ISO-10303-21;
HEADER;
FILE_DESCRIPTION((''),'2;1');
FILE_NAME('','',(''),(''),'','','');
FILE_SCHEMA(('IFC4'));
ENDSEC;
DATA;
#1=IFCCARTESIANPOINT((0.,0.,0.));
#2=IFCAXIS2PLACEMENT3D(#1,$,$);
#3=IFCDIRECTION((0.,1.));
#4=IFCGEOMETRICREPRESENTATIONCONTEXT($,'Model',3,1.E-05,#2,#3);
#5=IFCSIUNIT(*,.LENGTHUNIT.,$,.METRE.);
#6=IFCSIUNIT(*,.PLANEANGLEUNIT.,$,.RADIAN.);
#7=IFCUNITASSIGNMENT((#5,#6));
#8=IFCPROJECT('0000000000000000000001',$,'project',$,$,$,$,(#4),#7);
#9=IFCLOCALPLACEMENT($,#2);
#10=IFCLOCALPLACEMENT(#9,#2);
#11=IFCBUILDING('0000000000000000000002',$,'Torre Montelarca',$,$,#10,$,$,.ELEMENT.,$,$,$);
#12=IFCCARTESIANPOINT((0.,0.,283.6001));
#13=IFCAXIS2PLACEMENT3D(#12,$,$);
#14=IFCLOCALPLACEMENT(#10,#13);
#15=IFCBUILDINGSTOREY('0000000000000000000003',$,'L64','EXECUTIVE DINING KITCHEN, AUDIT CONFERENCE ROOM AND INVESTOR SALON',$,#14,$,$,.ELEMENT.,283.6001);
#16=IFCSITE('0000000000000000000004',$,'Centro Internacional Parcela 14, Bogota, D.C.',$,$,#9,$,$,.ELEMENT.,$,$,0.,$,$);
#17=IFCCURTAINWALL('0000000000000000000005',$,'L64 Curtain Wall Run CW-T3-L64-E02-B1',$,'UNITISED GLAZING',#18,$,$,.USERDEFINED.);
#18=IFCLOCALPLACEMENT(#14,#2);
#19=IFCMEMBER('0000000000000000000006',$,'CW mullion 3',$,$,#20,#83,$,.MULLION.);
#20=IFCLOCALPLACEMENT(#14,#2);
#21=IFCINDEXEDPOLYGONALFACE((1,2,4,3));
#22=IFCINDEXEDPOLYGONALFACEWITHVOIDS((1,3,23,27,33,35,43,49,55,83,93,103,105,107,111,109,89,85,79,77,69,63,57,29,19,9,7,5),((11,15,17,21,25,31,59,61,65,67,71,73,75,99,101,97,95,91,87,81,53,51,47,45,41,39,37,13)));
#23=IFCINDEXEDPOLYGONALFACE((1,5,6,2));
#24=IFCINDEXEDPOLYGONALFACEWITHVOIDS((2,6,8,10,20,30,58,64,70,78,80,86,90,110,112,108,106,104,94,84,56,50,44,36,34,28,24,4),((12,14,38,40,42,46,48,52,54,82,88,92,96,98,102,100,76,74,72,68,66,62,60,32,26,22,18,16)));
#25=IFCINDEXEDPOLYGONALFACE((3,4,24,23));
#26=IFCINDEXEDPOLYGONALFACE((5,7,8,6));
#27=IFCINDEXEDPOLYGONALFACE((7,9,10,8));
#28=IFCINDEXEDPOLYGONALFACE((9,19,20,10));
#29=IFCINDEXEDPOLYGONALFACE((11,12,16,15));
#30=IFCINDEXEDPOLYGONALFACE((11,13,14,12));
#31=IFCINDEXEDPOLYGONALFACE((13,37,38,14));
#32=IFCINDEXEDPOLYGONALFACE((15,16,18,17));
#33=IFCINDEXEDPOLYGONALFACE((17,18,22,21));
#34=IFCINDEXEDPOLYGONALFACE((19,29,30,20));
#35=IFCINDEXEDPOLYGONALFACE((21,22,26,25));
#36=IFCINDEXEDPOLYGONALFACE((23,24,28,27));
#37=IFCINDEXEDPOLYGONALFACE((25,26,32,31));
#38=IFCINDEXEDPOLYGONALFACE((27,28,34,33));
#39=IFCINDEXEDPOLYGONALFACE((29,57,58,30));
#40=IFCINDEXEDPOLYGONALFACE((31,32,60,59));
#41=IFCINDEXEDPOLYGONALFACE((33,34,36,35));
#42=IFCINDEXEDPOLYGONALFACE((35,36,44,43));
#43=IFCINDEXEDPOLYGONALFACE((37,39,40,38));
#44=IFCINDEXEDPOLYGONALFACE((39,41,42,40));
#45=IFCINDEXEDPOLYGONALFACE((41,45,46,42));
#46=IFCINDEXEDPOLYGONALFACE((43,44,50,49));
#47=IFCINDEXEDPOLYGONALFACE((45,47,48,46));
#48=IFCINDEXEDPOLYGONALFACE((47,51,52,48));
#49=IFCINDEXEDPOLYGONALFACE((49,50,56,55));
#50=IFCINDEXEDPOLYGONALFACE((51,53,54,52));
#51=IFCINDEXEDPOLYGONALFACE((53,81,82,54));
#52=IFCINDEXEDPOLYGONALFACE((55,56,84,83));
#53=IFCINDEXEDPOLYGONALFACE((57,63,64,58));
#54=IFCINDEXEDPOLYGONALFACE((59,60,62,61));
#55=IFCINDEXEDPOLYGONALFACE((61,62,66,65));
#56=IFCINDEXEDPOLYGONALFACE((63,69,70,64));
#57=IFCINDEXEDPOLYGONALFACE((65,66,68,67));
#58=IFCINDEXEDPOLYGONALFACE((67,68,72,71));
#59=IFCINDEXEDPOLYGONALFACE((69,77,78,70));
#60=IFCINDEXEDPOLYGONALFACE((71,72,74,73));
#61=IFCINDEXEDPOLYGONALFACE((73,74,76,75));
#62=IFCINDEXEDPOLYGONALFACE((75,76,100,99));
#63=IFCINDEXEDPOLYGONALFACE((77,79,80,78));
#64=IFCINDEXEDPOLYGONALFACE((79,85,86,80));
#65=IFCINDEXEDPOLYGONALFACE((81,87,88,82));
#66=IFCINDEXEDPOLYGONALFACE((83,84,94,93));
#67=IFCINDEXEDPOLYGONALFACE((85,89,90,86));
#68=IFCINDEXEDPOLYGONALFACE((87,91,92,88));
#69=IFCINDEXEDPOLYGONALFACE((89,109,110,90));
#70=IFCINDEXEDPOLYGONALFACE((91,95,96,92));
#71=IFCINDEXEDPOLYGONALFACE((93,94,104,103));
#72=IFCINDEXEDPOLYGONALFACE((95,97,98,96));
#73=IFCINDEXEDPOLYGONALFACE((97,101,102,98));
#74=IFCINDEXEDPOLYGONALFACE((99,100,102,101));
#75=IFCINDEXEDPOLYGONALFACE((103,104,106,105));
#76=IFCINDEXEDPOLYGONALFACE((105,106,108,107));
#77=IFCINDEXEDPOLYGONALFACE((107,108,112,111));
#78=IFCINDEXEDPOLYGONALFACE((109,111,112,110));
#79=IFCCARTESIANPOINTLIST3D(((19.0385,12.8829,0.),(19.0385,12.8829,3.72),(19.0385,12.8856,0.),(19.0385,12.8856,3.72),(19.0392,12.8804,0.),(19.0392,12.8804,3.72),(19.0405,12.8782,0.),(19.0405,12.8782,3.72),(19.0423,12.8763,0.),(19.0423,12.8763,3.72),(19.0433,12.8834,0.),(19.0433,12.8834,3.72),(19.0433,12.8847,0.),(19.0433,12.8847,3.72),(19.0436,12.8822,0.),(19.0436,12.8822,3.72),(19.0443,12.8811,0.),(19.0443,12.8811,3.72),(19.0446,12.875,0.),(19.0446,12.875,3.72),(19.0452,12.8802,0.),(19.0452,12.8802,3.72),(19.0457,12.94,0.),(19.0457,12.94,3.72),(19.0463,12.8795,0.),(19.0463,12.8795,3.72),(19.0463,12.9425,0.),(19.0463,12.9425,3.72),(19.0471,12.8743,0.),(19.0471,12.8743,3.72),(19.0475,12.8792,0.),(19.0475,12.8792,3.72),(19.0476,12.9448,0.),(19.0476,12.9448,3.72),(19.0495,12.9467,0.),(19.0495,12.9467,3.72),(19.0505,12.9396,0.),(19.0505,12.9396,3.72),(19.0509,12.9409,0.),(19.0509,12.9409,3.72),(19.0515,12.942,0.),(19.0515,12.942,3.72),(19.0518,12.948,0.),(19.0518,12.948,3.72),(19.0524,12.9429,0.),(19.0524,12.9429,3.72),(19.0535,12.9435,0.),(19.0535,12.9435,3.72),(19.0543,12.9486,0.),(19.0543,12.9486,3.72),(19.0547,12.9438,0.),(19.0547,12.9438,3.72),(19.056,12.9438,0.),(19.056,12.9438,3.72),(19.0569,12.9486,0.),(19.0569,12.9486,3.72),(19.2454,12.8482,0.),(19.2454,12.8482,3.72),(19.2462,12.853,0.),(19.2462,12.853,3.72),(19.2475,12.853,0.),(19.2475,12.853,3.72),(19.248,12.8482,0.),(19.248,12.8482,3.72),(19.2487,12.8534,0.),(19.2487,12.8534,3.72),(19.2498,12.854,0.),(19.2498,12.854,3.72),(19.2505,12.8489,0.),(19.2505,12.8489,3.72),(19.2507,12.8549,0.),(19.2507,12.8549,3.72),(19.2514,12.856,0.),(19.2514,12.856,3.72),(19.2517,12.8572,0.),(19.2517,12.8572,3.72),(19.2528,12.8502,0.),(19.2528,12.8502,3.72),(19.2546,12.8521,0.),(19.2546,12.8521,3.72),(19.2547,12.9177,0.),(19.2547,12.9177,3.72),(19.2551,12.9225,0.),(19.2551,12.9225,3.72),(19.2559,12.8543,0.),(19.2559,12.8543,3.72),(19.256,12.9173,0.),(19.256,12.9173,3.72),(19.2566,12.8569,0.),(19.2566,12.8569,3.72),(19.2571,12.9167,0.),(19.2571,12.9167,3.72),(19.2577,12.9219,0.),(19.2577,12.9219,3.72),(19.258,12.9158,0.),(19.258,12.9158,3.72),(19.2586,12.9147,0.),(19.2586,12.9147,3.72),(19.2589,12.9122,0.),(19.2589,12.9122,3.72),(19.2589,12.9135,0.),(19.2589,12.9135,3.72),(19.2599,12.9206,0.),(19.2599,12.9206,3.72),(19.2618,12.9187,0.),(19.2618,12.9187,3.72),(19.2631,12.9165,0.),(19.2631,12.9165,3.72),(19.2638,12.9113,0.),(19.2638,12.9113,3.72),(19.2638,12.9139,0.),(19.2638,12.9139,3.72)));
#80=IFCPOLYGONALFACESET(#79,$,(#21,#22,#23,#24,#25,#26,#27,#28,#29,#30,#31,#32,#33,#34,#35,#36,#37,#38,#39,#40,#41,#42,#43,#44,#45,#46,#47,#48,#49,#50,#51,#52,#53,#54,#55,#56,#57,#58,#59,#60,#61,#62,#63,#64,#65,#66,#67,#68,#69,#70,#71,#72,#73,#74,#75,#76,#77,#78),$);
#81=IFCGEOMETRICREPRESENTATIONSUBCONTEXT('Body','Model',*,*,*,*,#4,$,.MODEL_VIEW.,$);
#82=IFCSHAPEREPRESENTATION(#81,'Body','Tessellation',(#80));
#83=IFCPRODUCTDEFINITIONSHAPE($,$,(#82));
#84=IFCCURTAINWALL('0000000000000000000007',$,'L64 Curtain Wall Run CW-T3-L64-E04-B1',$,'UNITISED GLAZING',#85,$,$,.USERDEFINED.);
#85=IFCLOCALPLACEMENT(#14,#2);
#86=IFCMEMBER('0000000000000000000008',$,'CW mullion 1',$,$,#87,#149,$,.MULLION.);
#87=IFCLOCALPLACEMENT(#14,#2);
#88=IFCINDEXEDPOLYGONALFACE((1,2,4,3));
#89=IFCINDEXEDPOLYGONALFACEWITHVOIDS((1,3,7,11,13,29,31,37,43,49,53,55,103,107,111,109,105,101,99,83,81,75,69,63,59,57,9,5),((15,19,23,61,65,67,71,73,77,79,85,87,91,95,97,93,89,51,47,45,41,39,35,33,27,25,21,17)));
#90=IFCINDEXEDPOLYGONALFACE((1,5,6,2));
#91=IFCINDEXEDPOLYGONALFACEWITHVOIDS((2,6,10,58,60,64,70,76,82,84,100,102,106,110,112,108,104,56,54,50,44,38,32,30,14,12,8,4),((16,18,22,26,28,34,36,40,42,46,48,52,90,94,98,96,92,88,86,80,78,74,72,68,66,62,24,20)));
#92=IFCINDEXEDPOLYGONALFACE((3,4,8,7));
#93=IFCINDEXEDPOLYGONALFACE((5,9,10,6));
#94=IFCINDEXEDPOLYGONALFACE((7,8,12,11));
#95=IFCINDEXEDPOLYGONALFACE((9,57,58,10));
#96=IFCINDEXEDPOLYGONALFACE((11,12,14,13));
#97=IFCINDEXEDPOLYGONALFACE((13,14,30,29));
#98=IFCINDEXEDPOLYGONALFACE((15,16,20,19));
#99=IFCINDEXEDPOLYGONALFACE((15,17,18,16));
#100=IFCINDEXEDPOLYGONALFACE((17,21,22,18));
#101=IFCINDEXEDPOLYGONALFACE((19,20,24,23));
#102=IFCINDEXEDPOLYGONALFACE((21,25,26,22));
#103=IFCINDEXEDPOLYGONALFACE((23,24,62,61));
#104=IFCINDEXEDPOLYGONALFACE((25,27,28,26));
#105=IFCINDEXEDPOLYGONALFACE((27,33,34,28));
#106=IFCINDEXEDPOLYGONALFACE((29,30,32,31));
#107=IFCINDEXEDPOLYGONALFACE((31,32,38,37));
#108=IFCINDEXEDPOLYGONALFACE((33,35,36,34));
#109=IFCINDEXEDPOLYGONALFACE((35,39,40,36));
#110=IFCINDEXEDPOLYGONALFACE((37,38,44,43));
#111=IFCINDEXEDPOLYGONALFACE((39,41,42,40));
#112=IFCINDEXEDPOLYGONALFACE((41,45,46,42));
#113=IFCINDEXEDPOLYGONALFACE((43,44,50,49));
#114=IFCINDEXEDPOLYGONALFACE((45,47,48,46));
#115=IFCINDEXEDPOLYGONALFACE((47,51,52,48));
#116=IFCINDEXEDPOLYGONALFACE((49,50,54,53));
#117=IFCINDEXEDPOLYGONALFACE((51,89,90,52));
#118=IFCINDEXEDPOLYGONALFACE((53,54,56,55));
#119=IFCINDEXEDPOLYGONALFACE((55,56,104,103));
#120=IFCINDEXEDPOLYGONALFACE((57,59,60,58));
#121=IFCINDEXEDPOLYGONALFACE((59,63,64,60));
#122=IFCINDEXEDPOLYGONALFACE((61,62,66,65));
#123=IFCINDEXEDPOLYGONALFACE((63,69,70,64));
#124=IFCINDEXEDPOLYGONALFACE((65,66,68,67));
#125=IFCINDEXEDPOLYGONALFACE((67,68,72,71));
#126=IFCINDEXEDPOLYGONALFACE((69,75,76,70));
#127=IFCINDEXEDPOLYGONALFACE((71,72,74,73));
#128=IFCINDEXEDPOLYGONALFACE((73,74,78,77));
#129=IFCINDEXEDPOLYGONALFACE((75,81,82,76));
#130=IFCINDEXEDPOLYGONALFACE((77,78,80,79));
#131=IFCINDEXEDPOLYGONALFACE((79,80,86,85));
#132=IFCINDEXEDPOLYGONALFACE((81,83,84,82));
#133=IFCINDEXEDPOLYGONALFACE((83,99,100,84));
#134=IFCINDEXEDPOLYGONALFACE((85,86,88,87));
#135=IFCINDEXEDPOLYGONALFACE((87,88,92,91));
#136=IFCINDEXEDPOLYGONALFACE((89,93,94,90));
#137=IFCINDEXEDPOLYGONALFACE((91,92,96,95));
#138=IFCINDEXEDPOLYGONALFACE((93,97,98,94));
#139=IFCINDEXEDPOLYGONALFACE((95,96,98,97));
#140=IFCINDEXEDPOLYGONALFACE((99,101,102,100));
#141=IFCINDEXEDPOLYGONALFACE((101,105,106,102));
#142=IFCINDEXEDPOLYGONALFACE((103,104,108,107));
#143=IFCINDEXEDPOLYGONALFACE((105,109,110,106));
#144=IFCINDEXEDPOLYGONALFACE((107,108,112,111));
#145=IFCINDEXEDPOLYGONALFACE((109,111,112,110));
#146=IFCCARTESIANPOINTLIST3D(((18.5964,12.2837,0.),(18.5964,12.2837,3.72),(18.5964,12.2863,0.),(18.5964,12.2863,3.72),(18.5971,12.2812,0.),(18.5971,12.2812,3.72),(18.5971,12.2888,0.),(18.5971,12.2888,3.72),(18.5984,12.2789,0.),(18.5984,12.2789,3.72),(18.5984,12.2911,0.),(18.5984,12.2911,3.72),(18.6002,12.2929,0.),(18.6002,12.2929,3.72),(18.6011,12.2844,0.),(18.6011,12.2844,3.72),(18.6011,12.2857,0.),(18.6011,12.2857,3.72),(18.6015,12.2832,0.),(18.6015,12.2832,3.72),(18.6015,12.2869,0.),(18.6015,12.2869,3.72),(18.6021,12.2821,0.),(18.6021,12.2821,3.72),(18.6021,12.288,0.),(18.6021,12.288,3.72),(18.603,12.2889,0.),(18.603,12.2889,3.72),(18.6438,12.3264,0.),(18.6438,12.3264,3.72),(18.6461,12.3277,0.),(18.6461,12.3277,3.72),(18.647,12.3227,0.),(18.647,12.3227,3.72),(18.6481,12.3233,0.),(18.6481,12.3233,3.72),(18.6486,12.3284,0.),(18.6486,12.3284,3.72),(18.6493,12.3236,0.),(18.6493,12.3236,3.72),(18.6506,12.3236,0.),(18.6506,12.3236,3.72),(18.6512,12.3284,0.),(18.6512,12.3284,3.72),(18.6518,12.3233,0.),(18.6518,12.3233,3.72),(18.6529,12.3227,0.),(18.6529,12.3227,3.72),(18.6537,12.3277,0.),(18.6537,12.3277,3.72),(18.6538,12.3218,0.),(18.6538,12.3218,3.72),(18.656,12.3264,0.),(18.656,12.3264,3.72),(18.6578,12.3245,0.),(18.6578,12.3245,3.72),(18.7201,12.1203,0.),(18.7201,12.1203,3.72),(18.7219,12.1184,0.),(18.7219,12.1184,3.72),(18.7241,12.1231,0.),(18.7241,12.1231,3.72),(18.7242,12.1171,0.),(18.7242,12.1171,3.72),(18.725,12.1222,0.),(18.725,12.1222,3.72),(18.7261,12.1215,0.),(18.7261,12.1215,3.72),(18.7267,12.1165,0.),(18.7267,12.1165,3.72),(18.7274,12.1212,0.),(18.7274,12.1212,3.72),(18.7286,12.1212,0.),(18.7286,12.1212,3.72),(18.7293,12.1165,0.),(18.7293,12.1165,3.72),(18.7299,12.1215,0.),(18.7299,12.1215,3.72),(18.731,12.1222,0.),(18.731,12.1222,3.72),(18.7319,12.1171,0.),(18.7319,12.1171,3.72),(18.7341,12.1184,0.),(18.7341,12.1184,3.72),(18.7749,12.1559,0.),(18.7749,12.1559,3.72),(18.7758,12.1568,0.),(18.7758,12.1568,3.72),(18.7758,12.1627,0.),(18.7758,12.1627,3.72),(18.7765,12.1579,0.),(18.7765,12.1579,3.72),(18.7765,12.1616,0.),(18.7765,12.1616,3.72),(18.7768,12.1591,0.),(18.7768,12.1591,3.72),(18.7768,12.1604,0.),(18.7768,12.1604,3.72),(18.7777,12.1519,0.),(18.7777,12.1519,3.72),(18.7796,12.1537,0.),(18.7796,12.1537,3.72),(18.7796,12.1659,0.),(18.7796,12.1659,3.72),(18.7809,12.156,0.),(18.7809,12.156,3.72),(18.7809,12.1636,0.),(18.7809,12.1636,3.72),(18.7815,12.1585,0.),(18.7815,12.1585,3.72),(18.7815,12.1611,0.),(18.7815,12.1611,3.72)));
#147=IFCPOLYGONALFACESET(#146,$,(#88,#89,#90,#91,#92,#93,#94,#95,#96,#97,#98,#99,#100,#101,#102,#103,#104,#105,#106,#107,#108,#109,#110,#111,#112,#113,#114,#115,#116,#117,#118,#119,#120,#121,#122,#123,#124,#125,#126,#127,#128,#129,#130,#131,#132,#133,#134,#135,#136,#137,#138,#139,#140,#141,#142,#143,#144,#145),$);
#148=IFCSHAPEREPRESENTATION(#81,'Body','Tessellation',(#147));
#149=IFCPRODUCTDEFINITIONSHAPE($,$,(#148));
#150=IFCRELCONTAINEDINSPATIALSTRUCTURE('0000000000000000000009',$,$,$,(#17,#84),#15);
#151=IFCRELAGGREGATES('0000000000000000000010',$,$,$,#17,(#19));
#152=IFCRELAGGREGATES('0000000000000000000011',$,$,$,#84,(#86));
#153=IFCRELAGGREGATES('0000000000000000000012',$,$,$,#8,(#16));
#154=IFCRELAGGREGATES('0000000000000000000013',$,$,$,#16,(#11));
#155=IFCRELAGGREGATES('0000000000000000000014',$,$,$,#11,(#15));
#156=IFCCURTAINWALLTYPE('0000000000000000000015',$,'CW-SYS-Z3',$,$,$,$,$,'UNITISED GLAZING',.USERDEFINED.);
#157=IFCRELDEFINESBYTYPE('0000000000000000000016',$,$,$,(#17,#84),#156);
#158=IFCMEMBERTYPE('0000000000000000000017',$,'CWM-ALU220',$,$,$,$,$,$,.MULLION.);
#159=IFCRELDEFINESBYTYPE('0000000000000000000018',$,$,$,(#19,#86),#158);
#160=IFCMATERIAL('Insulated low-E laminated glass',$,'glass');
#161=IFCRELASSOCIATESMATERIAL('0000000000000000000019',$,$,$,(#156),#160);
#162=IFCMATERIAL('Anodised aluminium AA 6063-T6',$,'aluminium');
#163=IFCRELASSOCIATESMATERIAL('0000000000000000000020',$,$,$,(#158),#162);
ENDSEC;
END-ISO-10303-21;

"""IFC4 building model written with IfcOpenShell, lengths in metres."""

from ifc_helpers import new_model, si_unit, direction, frame, origin, origin_2d, place, context, subcontext, project, spatial, hollow_rectangle, extrude, source, transform, mapped, material, material_profile, profile_set, type_object, element, aggregate, save


model = new_model("IFC4")

# Units and contexts
model_context = context("Model", 3, precision=1e-05, world=origin(), true_north=direction((0.0, 1.0)))
body_context = subcontext(model_context, "Body", "Model", "MODEL_VIEW")
ifc_project = project(units=[si_unit("LENGTHUNIT", "METRE"), si_unit("PLANEANGLEUNIT", "RADIAN")], contexts=[model_context])

# Site, building, storey
site_placement = place(None, origin())
site = spatial("IfcSite", under=ifc_project, at=site_placement, Name="Centro Internacional Parcela 14, Bogota, D.C.", CompositionType="ELEMENT", RefElevation=0.0)
building_placement = place(site_placement, origin())
building = spatial("IfcBuilding", under=site, at=building_placement, Name="Torre Montelarca", CompositionType="ELEMENT")
storey_placement = place(building_placement, frame((0.0, 0.0, 283.6001)))
storey = spatial("IfcBuildingStorey", under=building, at=storey_placement, Name="L64", Description="EXECUTIVE DINING KITCHEN, AUDIT CONFERENCE ROOM AND INVESTOR SALON", CompositionType="ELEMENT", Elevation=283.6001)

# Curtain walls, members
ifc_material_1 = material(Name="Insulated low-E laminated glass", Category="glass")
curtain_wall_type = type_object("IfcCurtainWallType", Name="CW-SYS-Z3", ElementType="UNITISED GLAZING", PredefinedType="USERDEFINED", material=ifc_material_1)
curtain_wall_1_placement = place(storey_placement, origin())
curtain_wall_1 = element("IfcCurtainWall", 1, at=curtain_wall_1_placement, inside=storey, type_object=curtain_wall_type, Name="L64 Curtain Wall Run CW-T3-L64-E02-B1", ObjectType="UNITISED GLAZING", PredefinedType="USERDEFINED")
ifc_material_2 = material(Name="Anodised aluminium AA 6063-T6", Category="aluminium")
ifc_material_profile_1 = material_profile(ifc_material_2, hollow_rectangle(XDim=0.075, YDim=0.22, WallThickness=0.0049, InnerFilletRadius=0.0049, OuterFilletRadius=0.01, at=origin_2d()), Name="ALU75X220X5", Category="aluminium")
ifc_profile_set_1 = profile_set([ifc_material_profile_1], Name="Anodised aluminium AA 6063-T6")
member_type_1 = type_object("IfcMemberType", Name="CWM-ALU220", PredefinedType="MULLION", material=ifc_profile_set_1)
shared_shape_1 = source(origin(), body_context, "Body", "SweptSolid", [
    extrude(hollow_rectangle(XDim=0.075, YDim=0.22, WallThickness=0.0049, InnerFilletRadius=0.0049, OuterFilletRadius=0.01, at=origin_2d()), origin(), (0.0, 0.0, 1.0), 3.72),
])
member_1_placement = place(storey_placement, frame((19.1511, 12.8984, 0.0), z_axis=(0.0, 0.0, 1.0), x_axis=(0.130515, 0.991446, 0.0)))
member_1 = element("IfcMember", 2, at=member_1_placement, type_object=member_type_1, Name="CW mullion 3", PredefinedType="MULLION", context=body_context, shape_type="MappedRepresentation", body=[
    mapped(shared_shape_1, transform((0.0, 0.0, 0.0), scale=1.0)),
])
curtain_wall_2_placement = place(storey_placement, origin())
curtain_wall_2 = element("IfcCurtainWall", 3, at=curtain_wall_2_placement, inside=storey, type_object=curtain_wall_type, Name="L64 Curtain Wall Run CW-T3-L64-E04-B1", ObjectType="UNITISED GLAZING", PredefinedType="USERDEFINED")
member_2_placement = place(storey_placement, frame((18.689, 12.2224, 0.0), z_axis=(0.0, 0.0, 1.0), x_axis=(0.793353, 0.608762, 0.0)))
member_2 = element("IfcMember", 4, at=member_2_placement, type_object=member_type_1, Name="CW mullion 1", PredefinedType="MULLION", context=body_context, shape_type="MappedRepresentation", body=[
    mapped(shared_shape_1, transform((0.0, 0.0, 0.0), scale=1.0)),
])

aggregate(curtain_wall_1, [member_1])
aggregate(curtain_wall_2, [member_2])

save(model, "model.ifc")
